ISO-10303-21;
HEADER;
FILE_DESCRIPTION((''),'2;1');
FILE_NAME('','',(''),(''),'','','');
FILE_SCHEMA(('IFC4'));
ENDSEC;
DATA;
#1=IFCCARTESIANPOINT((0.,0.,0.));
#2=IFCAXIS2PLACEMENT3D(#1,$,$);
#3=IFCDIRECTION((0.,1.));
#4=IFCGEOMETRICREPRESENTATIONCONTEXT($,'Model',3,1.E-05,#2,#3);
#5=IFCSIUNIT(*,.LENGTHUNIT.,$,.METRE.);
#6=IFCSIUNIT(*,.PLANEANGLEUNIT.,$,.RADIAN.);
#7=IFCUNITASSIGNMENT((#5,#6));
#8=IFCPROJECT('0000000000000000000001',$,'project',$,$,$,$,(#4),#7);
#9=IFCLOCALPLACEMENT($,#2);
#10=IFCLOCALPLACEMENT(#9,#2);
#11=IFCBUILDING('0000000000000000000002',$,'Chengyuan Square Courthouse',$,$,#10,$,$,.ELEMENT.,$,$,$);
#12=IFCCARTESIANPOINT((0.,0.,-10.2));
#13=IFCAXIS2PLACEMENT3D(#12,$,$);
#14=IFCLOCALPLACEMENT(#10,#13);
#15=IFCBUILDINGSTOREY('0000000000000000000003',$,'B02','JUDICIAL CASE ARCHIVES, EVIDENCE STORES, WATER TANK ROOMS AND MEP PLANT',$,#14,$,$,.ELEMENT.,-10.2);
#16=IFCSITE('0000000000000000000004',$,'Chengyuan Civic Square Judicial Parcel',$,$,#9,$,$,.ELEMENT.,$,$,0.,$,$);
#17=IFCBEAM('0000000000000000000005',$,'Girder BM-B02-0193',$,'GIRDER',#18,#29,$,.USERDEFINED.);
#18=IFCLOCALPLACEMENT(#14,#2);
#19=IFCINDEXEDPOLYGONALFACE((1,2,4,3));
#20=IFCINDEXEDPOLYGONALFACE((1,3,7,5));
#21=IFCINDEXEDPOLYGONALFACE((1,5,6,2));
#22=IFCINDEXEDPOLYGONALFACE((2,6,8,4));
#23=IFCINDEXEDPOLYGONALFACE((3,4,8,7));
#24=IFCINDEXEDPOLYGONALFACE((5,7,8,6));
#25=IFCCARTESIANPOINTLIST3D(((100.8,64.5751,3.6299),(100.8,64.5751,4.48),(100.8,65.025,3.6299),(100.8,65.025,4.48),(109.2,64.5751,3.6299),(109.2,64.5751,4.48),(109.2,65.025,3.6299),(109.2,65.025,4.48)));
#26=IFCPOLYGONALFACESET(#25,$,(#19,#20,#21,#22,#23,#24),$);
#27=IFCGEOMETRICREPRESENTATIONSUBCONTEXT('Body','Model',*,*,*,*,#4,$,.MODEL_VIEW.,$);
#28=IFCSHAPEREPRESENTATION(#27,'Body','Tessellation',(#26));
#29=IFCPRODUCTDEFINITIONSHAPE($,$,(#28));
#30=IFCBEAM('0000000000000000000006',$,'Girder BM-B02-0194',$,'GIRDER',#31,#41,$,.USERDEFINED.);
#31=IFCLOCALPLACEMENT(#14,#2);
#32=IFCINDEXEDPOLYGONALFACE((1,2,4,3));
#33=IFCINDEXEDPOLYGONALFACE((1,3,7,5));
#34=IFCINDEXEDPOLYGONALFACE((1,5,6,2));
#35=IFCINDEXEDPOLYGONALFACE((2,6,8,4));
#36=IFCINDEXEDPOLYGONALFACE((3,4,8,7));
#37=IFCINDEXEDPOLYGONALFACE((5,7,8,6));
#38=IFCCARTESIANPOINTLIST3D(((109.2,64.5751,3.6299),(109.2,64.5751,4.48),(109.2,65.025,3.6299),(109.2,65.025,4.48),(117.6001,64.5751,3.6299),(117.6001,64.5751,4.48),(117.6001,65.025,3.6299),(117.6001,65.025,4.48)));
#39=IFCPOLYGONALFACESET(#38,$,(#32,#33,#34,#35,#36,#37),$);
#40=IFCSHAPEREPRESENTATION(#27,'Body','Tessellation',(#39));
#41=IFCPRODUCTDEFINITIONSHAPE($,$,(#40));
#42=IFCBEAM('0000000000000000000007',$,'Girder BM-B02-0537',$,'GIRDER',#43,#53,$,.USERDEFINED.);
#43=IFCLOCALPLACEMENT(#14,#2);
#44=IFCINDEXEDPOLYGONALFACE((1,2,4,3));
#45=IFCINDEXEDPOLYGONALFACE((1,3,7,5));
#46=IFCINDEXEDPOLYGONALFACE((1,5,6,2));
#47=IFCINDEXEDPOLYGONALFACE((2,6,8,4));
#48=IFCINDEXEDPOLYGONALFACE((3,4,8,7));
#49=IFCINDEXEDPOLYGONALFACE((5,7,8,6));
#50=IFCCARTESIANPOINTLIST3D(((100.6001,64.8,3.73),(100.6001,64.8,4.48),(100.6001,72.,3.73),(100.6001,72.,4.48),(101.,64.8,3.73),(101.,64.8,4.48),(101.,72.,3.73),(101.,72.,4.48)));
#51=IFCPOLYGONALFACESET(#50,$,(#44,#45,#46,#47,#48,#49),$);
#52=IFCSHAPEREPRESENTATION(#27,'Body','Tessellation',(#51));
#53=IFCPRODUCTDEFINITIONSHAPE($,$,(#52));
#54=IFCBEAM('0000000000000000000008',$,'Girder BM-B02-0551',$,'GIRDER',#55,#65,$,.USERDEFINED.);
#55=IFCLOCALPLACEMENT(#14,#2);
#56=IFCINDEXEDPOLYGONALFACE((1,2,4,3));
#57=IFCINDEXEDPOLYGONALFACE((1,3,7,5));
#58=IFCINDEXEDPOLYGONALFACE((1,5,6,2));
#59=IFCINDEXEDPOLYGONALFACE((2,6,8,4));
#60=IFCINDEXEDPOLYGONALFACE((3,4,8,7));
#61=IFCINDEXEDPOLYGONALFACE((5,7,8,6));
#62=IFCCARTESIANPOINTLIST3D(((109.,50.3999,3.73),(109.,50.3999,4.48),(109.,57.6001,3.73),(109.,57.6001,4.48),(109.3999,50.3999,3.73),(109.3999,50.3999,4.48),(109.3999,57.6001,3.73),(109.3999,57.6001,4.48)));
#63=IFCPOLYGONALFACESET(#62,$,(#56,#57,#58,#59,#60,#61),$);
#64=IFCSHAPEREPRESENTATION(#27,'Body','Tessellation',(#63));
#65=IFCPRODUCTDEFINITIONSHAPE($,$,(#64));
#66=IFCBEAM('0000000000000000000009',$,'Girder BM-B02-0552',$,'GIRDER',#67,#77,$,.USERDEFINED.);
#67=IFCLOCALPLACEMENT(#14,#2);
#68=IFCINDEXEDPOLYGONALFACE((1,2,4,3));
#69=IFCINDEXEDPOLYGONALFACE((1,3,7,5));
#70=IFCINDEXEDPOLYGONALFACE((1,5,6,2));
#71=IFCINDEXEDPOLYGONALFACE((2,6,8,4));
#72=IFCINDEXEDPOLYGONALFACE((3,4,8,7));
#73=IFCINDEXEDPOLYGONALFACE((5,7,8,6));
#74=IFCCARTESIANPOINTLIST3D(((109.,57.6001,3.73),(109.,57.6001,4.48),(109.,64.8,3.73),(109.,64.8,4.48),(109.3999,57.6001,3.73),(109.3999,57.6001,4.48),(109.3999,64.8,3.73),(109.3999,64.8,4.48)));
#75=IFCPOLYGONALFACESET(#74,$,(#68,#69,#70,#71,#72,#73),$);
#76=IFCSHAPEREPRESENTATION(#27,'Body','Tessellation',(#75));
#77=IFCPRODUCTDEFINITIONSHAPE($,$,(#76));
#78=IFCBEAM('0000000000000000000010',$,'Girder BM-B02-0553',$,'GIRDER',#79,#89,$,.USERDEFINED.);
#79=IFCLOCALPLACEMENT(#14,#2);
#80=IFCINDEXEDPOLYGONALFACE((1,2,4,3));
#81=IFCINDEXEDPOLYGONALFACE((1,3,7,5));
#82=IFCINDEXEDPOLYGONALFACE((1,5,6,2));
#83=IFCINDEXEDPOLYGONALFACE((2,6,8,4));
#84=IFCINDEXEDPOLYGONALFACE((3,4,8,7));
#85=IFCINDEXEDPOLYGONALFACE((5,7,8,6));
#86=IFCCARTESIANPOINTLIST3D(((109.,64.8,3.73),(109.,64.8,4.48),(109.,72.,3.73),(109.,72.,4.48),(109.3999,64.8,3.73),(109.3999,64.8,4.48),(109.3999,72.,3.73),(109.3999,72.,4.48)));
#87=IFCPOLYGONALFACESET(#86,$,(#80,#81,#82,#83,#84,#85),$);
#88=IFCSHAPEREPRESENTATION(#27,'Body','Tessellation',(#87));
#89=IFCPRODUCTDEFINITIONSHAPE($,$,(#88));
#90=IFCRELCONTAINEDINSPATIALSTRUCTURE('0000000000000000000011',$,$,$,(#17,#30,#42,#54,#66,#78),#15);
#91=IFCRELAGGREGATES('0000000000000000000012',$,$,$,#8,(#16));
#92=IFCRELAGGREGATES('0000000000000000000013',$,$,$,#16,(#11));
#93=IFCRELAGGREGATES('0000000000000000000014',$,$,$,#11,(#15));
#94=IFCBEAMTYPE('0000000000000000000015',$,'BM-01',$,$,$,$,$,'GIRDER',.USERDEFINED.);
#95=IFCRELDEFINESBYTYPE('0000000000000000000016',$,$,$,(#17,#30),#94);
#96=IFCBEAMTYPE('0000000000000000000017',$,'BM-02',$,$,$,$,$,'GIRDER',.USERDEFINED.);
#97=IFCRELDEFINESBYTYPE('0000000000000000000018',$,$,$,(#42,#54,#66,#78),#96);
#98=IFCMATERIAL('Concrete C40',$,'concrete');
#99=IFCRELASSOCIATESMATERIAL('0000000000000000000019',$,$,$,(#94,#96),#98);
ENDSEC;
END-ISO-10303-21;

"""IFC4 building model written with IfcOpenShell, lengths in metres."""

from ifc_helpers import new_model, si_unit, direction, frame, origin, origin_2d, place, context, subcontext, project, spatial, rectangle, extrude, material, material_profile, profile_set, type_object, element, save


model = new_model("IFC4")

# Units and contexts
model_context = context("Model", 3, precision=1e-05, world=origin(), true_north=direction((0.0, 1.0)))
body_context = subcontext(model_context, "Body", "Model", "MODEL_VIEW")
ifc_project = project(units=[si_unit("LENGTHUNIT", "METRE"), si_unit("PLANEANGLEUNIT", "RADIAN")], contexts=[model_context])

# Site, building, storey
site_placement = place(None, origin())
site = spatial("IfcSite", under=ifc_project, at=site_placement, Name="Chengyuan Civic Square Judicial Parcel", CompositionType="ELEMENT", RefElevation=0.0)
building_placement = place(site_placement, origin())
building = spatial("IfcBuilding", under=site, at=building_placement, Name="Chengyuan Square Courthouse", CompositionType="ELEMENT")
storey_placement = place(building_placement, frame((0.0, 0.0, -10.2)))
storey = spatial("IfcBuildingStorey", under=building, at=storey_placement, Name="B02", Description="JUDICIAL CASE ARCHIVES, EVIDENCE STORES, WATER TANK ROOMS AND MEP PLANT", CompositionType="ELEMENT", Elevation=-10.2)

# Shared definitions
ifc_material_1 = material(Name="Concrete C40", Category="concrete")

# Beams
ifc_material_profile_1 = material_profile(ifc_material_1, rectangle(XDim=0.45, YDim=0.8501, at=origin_2d()), Name="RC-BM-450x850")
ifc_profile_set_1 = profile_set([ifc_material_profile_1], Name="Concrete C40")
beam_type_1 = type_object("IfcBeamType", Name="BM-01", ElementType="GIRDER", PredefinedType="USERDEFINED", material=ifc_profile_set_1)
beam_1_placement = place(storey_placement, frame((100.8, 64.8, 4.0549), z_axis=(1.0, 0.0, 0.0), x_axis=(0.0, 1.0, 0.0)))
element("IfcBeam", 1, at=beam_1_placement, inside=storey, type_object=beam_type_1, Name="Girder BM-B02-0193", ObjectType="GIRDER", PredefinedType="USERDEFINED", context=body_context, shape_type="SweptSolid", body=[
    extrude(rectangle(XDim=0.45, YDim=0.8501, at=origin_2d()), origin(), (0.0, 0.0, 1.0), 8.3999),
])
beam_2_placement = place(storey_placement, frame((109.2, 64.8, 4.0549), z_axis=(1.0, 0.0, 0.0), x_axis=(0.0, 1.0, 0.0)))
element("IfcBeam", 2, at=beam_2_placement, inside=storey, type_object=beam_type_1, Name="Girder BM-B02-0194", ObjectType="GIRDER", PredefinedType="USERDEFINED", context=body_context, shape_type="SweptSolid", body=[
    extrude(rectangle(XDim=0.45, YDim=0.8501, at=origin_2d()), origin(), (0.0, 0.0, 1.0), 8.4001),
])
ifc_material_profile_2 = material_profile(ifc_material_1, rectangle(XDim=0.3999, YDim=0.75, at=origin_2d()), Name="RC-BM-400x750")
ifc_profile_set_2 = profile_set([ifc_material_profile_2], Name="Concrete C40")
beam_type_2 = type_object("IfcBeamType", Name="BM-02", ElementType="GIRDER", PredefinedType="USERDEFINED", material=ifc_profile_set_2)
beam_3_placement = place(storey_placement, frame((100.8, 64.8, 4.105), z_axis=(0.0, 1.0, 0.0), x_axis=(-1.0, 0.0, 0.0)))
element("IfcBeam", 3, at=beam_3_placement, inside=storey, type_object=beam_type_2, Name="Girder BM-B02-0537", ObjectType="GIRDER", PredefinedType="USERDEFINED", context=body_context, shape_type="SweptSolid", body=[
    extrude(rectangle(XDim=0.3999, YDim=0.75, at=origin_2d()), origin(), (0.0, 0.0, 1.0), 7.2),
])
beam_4_placement = place(storey_placement, frame((109.2, 50.3999, 4.105), z_axis=(0.0, 1.0, 0.0), x_axis=(-1.0, 0.0, 0.0)))
element("IfcBeam", 4, at=beam_4_placement, inside=storey, type_object=beam_type_2, Name="Girder BM-B02-0551", ObjectType="GIRDER", PredefinedType="USERDEFINED", context=body_context, shape_type="SweptSolid", body=[
    extrude(rectangle(XDim=0.3999, YDim=0.75, at=origin_2d()), origin(), (0.0, 0.0, 1.0), 7.2002),
])
for number, where, z_axis, x_axis, name in (
    (5, (109.2, 57.6001, 4.105), (0.0, 1.0, 0.0), (-1.0, 0.0, 0.0), "Girder BM-B02-0552"),
    (6, (109.2, 64.8, 4.105), (0.0, 1.0, 0.0), (-1.0, 0.0, 0.0), "Girder BM-B02-0553"),
):
    element("IfcBeam", number, at=place(storey_placement, frame(where, z_axis=z_axis, x_axis=x_axis)), inside=storey, type_object=beam_type_2, Name=name, ObjectType="GIRDER", PredefinedType="USERDEFINED", context=body_context, shape_type="SweptSolid", body=[
        extrude(rectangle(XDim=0.3999, YDim=0.75, at=origin_2d()), origin(), (0.0, 0.0, 1.0), 7.2),
    ])

save(model, "model.ifc")
